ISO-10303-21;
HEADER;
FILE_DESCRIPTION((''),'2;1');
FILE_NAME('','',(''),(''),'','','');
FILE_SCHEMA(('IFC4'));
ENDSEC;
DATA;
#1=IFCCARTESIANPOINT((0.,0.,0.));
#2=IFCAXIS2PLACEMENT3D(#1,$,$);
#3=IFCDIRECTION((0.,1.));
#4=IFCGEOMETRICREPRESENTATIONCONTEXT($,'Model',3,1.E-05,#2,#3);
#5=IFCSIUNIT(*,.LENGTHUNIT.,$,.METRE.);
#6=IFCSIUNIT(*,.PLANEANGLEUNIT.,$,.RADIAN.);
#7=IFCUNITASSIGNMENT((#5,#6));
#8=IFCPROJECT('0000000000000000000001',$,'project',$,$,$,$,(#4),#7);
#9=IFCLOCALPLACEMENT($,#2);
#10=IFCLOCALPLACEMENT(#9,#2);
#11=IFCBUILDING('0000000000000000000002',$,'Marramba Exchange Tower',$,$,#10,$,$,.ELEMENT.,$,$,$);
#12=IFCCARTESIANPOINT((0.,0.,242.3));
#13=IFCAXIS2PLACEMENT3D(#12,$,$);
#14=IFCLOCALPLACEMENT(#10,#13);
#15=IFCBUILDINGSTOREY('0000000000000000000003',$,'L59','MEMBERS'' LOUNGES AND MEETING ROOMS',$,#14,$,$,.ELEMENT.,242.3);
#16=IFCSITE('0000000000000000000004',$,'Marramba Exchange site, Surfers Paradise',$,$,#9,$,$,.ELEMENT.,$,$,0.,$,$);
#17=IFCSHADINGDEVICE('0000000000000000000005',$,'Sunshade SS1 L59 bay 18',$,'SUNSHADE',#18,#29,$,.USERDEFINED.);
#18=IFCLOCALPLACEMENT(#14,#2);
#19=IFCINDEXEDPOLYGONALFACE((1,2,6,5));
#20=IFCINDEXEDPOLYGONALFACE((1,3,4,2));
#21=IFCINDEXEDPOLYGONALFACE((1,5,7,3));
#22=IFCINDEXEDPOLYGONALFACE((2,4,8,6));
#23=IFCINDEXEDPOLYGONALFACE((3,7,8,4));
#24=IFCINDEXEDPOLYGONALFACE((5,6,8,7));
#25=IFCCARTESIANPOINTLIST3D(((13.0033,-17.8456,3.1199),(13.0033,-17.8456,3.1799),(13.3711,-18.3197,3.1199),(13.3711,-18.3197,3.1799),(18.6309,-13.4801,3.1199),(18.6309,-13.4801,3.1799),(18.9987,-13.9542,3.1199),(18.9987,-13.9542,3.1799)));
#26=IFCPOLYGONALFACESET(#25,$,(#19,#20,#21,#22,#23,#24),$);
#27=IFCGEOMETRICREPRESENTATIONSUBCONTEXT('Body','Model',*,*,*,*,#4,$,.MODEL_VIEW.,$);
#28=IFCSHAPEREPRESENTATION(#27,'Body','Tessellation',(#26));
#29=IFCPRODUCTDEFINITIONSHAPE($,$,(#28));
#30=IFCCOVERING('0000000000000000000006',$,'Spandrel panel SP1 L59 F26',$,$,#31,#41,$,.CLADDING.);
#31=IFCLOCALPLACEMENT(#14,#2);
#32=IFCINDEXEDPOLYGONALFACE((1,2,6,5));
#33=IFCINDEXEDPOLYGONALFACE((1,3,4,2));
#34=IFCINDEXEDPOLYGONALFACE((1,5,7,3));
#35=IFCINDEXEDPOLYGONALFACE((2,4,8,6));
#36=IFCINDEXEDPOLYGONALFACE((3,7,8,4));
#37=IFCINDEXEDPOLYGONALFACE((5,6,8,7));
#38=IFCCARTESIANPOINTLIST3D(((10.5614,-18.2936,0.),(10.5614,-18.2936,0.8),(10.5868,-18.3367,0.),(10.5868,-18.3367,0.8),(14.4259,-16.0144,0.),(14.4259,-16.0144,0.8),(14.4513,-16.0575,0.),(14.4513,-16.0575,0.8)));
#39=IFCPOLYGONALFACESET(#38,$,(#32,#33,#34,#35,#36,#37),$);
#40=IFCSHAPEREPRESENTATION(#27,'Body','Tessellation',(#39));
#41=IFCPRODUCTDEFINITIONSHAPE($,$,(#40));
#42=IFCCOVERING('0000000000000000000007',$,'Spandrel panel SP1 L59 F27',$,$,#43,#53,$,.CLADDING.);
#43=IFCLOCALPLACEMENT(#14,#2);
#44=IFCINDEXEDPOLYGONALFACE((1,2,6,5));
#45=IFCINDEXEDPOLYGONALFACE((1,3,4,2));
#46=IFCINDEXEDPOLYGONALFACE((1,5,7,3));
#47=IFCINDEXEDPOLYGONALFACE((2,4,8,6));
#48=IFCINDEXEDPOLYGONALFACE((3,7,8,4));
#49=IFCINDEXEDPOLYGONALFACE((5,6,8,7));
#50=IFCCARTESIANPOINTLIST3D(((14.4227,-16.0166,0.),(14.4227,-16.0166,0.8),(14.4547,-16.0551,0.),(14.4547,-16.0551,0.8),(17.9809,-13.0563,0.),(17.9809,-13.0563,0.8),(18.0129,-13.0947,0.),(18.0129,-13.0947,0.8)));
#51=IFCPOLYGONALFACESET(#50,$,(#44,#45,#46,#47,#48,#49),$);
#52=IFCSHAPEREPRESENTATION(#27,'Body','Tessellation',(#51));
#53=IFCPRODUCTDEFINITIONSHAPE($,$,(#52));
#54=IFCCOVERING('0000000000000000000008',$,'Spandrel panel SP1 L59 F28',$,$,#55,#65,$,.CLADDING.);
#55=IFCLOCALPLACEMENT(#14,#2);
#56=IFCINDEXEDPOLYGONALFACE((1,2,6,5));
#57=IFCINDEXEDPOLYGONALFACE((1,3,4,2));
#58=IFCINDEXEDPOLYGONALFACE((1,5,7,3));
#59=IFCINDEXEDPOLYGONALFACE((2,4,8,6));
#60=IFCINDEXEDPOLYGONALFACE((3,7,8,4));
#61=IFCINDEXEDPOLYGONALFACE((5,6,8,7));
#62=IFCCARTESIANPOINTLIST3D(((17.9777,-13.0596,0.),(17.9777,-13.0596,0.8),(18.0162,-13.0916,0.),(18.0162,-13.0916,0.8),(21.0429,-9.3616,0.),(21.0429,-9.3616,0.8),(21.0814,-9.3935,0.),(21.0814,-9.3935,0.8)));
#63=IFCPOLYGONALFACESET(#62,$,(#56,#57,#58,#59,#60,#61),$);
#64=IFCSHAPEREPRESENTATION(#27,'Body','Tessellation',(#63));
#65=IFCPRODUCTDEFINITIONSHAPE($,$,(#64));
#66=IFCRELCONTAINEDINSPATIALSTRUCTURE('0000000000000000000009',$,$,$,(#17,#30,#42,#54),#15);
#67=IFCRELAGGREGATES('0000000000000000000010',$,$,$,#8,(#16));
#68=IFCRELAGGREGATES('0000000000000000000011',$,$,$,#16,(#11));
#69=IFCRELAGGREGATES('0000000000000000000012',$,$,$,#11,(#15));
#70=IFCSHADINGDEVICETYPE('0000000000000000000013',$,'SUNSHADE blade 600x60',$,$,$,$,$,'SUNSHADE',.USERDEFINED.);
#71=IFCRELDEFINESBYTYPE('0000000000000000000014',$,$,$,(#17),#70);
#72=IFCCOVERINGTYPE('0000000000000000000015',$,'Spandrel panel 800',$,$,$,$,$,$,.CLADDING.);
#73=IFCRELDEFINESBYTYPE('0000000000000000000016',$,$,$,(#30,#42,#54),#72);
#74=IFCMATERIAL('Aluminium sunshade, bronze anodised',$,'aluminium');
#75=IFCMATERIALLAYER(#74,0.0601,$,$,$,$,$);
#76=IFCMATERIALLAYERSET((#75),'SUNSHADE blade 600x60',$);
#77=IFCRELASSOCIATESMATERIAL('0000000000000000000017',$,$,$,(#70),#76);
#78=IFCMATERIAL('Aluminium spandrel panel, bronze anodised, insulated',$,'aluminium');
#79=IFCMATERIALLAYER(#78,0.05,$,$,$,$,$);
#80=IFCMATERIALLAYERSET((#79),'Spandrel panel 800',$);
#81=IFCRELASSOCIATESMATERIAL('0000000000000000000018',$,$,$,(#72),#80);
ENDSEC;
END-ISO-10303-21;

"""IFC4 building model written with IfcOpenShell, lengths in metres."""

from ifc_helpers import new_model, si_unit, direction, frame, origin, origin_2d, place, context, subcontext, project, spatial, rectangle, extrude, material, layer, layer_set, type_object, element, save


model = new_model("IFC4")

# Units and contexts
model_context = context("Model", 3, precision=1e-05, world=origin(), true_north=direction((0.0, 1.0)))
body_context = subcontext(model_context, "Body", "Model", "MODEL_VIEW")
ifc_project = project(units=[si_unit("LENGTHUNIT", "METRE"), si_unit("PLANEANGLEUNIT", "RADIAN")], contexts=[model_context])

# Site, building, storey
site_placement = place(None, origin())
site = spatial("IfcSite", under=ifc_project, at=site_placement, Name="Marramba Exchange site, Surfers Paradise", CompositionType="ELEMENT", RefElevation=0.0)
building_placement = place(site_placement, origin())
building = spatial("IfcBuilding", under=site, at=building_placement, Name="Marramba Exchange Tower", CompositionType="ELEMENT")
storey_placement = place(building_placement, frame((0.0, 0.0, 242.3)))
storey = spatial("IfcBuildingStorey", under=building, at=storey_placement, Name="L59", Description="MEMBERS' LOUNGES AND MEETING ROOMS", CompositionType="ELEMENT", Elevation=242.3)

# Shading device
ifc_material_1 = material(Name="Aluminium sunshade, bronze anodised", Category="aluminium")
ifc_layer_1 = layer(ifc_material_1, 0.0601)
ifc_layer_set_1 = layer_set([ifc_layer_1], Name="SUNSHADE blade 600x60")
shading_device_type_1 = type_object("IfcShadingDeviceType", Name="SUNSHADE blade 600x60", ElementType="SUNSHADE", PredefinedType="USERDEFINED", material=ifc_layer_set_1)
shading_device_1_placement = place(storey_placement, frame((16.001, -15.8999, 3.1199), z_axis=(0.0, 0.0, 1.0), x_axis=(0.790133, 0.612935, 0.0)))
element("IfcShadingDevice", 1, at=shading_device_1_placement, inside=storey, type_object=shading_device_type_1, Name="Sunshade SS1 L59 bay 18", ObjectType="SUNSHADE", PredefinedType="USERDEFINED", context=body_context, shape_type="SweptSolid", body=[
    extrude(rectangle(XDim=7.1223, YDim=0.6001, at=origin_2d()), origin(), (0.0, 0.0, 1.0), 0.0601),
])

# Coverings
ifc_material_2 = material(Name="Aluminium spandrel panel, bronze anodised, insulated", Category="aluminium")
ifc_layer_2 = layer(ifc_material_2, 0.05)
ifc_layer_set_2 = layer_set([ifc_layer_2], Name="Spandrel panel 800")
covering_type = type_object("IfcCoveringType", Name="Spandrel panel 800", PredefinedType="CLADDING", material=ifc_layer_set_2)
covering_1_placement = place(storey_placement, frame((12.5063, -17.1755, 0.0), z_axis=(0.0, 0.0, 1.0), x_axis=(0.861351, 0.508011, 0.0)))
element("IfcCovering", 2, at=covering_1_placement, inside=storey, type_object=covering_type, Name="Spandrel panel SP1 L59 F26", PredefinedType="CLADDING", context=body_context, shape_type="SweptSolid", body=[
    extrude(rectangle(XDim=4.4866, YDim=0.05, at=origin_2d()), origin(), (0.0, 0.0, 1.0), 0.8),
])
covering_2_placement = place(storey_placement, frame((16.2178, -14.5557, 0.0), z_axis=(0.0, 0.0, 1.0), x_axis=(0.768737, 0.639565, 0.0)))
element("IfcCovering", 3, at=covering_2_placement, inside=storey, type_object=covering_type, Name="Spandrel panel SP1 L59 F27", PredefinedType="CLADDING", context=body_context, shape_type="SweptSolid", body=[
    extrude(rectangle(XDim=4.6287, YDim=0.05, at=origin_2d()), origin(), (0.0, 0.0, 1.0), 0.8),
])
covering_3_placement = place(storey_placement, frame((19.5295, -11.2266, 0.0), z_axis=(0.0, 0.0, 1.0), x_axis=(0.63815, 0.769912, 0.0)))
element("IfcCovering", 4, at=covering_3_placement, inside=storey, type_object=covering_type, Name="Spandrel panel SP1 L59 F28", PredefinedType="CLADDING", context=body_context, shape_type="SweptSolid", body=[
    extrude(rectangle(XDim=4.8032, YDim=0.05, at=origin_2d()), origin(), (0.0, 0.0, 1.0), 0.8),
])

save(model, "model.ifc")
